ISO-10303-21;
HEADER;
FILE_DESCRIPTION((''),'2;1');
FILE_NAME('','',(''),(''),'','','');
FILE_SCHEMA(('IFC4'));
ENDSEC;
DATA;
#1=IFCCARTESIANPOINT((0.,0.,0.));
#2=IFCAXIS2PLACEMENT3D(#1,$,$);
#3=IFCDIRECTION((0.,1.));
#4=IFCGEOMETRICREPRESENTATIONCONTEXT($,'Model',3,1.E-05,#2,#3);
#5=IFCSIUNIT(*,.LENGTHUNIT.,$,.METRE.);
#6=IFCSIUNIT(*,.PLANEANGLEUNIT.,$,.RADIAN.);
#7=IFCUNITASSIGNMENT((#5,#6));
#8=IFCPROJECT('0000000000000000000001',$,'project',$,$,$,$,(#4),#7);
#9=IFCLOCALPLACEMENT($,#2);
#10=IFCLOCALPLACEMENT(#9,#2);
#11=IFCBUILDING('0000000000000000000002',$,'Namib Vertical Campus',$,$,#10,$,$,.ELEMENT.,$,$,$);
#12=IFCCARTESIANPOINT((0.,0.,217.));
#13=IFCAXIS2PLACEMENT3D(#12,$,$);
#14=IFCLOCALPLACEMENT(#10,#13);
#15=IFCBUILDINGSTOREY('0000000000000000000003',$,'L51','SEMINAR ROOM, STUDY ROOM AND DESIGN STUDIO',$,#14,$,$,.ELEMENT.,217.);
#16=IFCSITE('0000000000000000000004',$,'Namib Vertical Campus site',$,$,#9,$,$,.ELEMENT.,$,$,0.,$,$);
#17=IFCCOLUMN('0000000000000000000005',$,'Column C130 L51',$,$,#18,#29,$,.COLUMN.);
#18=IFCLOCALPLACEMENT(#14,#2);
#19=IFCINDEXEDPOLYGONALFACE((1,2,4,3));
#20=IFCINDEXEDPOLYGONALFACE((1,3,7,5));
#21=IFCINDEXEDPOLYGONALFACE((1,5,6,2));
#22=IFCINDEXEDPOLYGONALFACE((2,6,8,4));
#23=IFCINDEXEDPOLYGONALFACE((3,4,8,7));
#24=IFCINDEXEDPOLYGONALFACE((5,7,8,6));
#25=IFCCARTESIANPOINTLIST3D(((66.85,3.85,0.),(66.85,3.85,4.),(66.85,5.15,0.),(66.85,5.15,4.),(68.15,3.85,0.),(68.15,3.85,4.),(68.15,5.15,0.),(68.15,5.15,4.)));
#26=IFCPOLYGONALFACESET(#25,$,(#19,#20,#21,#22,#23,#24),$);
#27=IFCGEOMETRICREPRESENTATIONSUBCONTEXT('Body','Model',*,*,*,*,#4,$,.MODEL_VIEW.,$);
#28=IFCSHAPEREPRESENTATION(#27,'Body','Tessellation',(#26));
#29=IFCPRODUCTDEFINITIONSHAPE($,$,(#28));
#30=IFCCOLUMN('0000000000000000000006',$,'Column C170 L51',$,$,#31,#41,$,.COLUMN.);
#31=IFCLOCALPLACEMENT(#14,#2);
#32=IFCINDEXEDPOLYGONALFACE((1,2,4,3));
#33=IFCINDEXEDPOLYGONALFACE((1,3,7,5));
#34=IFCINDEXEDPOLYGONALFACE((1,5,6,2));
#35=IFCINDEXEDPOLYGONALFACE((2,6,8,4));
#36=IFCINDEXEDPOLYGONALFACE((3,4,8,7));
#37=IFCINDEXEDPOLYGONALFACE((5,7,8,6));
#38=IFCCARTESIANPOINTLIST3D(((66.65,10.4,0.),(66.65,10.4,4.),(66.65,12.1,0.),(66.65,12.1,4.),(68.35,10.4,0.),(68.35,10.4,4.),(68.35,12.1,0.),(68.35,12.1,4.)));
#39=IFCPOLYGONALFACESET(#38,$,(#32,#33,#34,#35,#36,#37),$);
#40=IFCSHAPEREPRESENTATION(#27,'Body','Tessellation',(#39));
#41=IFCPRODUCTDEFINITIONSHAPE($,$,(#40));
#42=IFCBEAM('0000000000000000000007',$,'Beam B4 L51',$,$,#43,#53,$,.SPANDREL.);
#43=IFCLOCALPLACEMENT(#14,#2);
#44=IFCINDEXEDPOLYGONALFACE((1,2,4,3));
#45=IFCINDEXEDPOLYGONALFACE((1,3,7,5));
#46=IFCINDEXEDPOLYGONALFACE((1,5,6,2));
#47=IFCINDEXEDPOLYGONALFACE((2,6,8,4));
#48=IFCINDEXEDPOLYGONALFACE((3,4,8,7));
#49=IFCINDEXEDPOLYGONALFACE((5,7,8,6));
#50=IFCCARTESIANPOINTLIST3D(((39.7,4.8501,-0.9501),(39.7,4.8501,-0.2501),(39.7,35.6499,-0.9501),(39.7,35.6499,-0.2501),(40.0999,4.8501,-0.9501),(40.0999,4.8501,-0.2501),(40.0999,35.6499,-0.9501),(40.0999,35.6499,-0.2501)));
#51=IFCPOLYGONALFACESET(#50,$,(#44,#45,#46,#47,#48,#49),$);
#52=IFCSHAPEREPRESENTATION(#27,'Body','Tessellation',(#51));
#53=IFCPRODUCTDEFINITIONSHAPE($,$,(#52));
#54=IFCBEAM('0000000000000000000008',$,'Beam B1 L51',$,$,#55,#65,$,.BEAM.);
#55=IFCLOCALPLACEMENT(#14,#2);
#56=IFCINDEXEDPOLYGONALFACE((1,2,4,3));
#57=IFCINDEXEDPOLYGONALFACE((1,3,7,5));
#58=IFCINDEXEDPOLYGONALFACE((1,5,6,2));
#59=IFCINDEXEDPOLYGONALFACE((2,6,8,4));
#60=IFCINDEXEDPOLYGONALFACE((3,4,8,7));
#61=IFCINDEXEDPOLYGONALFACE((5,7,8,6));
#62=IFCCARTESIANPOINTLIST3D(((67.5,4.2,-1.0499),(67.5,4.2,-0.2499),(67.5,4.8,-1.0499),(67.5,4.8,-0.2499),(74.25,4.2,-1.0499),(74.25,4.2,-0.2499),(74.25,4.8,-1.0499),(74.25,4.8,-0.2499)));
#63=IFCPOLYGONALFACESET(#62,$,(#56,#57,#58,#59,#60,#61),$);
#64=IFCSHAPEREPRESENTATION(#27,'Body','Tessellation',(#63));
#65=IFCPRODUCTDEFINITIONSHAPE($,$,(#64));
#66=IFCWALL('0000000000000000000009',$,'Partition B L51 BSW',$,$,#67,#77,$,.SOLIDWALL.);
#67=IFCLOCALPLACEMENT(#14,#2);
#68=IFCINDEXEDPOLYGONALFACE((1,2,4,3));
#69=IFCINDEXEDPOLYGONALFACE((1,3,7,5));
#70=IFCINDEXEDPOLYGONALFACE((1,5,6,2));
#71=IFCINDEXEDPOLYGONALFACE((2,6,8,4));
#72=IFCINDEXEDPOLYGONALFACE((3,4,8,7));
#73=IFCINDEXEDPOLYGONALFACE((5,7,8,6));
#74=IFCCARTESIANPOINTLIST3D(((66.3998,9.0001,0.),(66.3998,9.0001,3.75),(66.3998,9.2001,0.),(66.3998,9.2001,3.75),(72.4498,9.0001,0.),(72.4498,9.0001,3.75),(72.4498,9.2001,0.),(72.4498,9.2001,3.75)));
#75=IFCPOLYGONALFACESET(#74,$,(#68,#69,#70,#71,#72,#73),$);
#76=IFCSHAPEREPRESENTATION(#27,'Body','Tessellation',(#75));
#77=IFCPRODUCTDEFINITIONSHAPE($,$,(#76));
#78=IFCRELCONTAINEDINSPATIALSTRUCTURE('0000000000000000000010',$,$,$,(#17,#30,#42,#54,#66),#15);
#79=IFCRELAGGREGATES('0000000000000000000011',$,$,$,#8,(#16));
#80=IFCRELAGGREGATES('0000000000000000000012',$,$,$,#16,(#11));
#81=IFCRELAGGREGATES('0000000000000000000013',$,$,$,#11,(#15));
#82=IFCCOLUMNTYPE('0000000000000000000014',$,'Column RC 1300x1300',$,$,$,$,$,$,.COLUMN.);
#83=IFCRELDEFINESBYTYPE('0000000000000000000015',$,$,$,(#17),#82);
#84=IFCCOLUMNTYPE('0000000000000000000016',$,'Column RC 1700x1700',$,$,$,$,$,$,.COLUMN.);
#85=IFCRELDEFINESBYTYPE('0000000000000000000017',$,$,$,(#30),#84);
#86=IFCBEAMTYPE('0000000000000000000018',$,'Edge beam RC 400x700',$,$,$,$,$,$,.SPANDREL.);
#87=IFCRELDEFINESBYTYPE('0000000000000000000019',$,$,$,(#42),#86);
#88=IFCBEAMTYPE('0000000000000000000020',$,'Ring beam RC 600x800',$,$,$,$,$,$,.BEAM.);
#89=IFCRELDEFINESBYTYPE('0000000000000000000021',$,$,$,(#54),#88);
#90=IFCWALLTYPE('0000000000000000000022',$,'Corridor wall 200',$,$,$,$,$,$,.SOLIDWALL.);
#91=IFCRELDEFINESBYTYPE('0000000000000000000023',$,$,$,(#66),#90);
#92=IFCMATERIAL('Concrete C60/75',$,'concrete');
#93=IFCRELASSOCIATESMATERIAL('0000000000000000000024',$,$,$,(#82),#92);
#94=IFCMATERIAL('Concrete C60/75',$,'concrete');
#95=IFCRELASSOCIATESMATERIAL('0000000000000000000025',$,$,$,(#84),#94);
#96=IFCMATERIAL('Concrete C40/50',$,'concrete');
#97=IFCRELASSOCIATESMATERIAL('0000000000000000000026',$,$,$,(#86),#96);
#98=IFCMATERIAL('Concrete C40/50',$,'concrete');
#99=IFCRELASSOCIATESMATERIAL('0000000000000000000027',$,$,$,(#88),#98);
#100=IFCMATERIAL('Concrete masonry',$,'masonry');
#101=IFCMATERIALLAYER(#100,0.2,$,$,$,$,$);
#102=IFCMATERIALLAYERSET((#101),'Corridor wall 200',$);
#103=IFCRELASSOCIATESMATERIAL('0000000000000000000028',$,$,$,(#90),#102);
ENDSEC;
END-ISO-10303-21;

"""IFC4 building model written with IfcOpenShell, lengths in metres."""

from ifc_helpers import new_model, si_unit, direction, frame, frame_2d, origin, origin_2d, place, context, subcontext, project, spatial, rectangle, extrude, material, layer, layer_set, material_profile, profile_set, type_object, element, save


model = new_model("IFC4")

# Units and contexts
model_context = context("Model", 3, precision=1e-05, world=origin(), true_north=direction((0.0, 1.0)))
body_context = subcontext(model_context, "Body", "Model", "MODEL_VIEW")
ifc_project = project(units=[si_unit("LENGTHUNIT", "METRE"), si_unit("PLANEANGLEUNIT", "RADIAN")], contexts=[model_context])

# Site, building, storey
site_placement = place(None, origin())
site = spatial("IfcSite", under=ifc_project, at=site_placement, Name="Namib Vertical Campus site", CompositionType="ELEMENT", RefElevation=0.0)
building_placement = place(site_placement, origin())
building = spatial("IfcBuilding", under=site, at=building_placement, Name="Namib Vertical Campus", CompositionType="ELEMENT")
storey_placement = place(building_placement, frame((0.0, 0.0, 217.0)))
storey = spatial("IfcBuildingStorey", under=building, at=storey_placement, Name="L51", Description="SEMINAR ROOM, STUDY ROOM AND DESIGN STUDIO", CompositionType="ELEMENT", Elevation=217.0)

# Columns
ifc_material_1 = material(Name="Concrete C60/75", Category="concrete")
ifc_material_profile_1 = material_profile(ifc_material_1, rectangle(XDim=1.3, YDim=1.3, at=origin_2d()))
ifc_profile_set_1 = profile_set([ifc_material_profile_1], Name="Concrete C60/75")
column_type_1 = type_object("IfcColumnType", Name="Column RC 1300x1300", PredefinedType="COLUMN", material=ifc_profile_set_1)
column_1_placement = place(storey_placement, frame((67.5, 4.5, 0.0), z_axis=(0.0, 0.0, 1.0), x_axis=(1.0, 0.0, 0.0)))
element("IfcColumn", 1, at=column_1_placement, inside=storey, type_object=column_type_1, Name="Column C130 L51", PredefinedType="COLUMN", context=body_context, shape_type="SweptSolid", body=[
    extrude(rectangle(XDim=1.3, YDim=1.3, at=origin_2d()), origin(), (0.0, 0.0, 1.0), 4.0),
])
ifc_material_2 = material(Name="Concrete C60/75", Category="concrete")
ifc_material_profile_2 = material_profile(ifc_material_2, rectangle(XDim=1.7, YDim=1.7, at=origin_2d()))
ifc_profile_set_2 = profile_set([ifc_material_profile_2], Name="Concrete C60/75")
column_type_2 = type_object("IfcColumnType", Name="Column RC 1700x1700", PredefinedType="COLUMN", material=ifc_profile_set_2)
column_2_placement = place(storey_placement, frame((67.5, 11.25, 0.0), z_axis=(0.0, 0.0, 1.0), x_axis=(1.0, 0.0, 0.0)))
element("IfcColumn", 2, at=column_2_placement, inside=storey, type_object=column_type_2, Name="Column C170 L51", PredefinedType="COLUMN", context=body_context, shape_type="SweptSolid", body=[
    extrude(rectangle(XDim=1.7, YDim=1.7, at=origin_2d()), origin(), (0.0, 0.0, 1.0), 4.0),
])

# Beams
ifc_material_3 = material(Name="Concrete C40/50", Category="concrete")
ifc_material_profile_3 = material_profile(ifc_material_3, rectangle(XDim=0.3999, YDim=0.7, at=origin_2d()))
ifc_profile_set_3 = profile_set([ifc_material_profile_3], Name="Concrete C40/50")
beam_type_1 = type_object("IfcBeamType", Name="Edge beam RC 400x700", PredefinedType="SPANDREL", material=ifc_profile_set_3)
beam_1_placement = place(storey_placement, frame((39.8999, 4.8501, -0.6001), z_axis=(0.0, 1.0, 0.0), x_axis=(-1.0, 0.0, 0.0)))
element("IfcBeam", 3, at=beam_1_placement, inside=storey, type_object=beam_type_1, Name="Beam B4 L51", PredefinedType="SPANDREL", context=body_context, shape_type="SweptSolid", body=[
    extrude(rectangle(XDim=0.3999, YDim=0.7, at=origin_2d()), origin(), (0.0, 0.0, 1.0), 30.7998),
])
ifc_material_4 = material(Name="Concrete C40/50", Category="concrete")
ifc_material_profile_4 = material_profile(ifc_material_4, rectangle(XDim=0.6001, YDim=0.8, at=origin_2d()))
ifc_profile_set_4 = profile_set([ifc_material_profile_4], Name="Concrete C40/50")
beam_type_2 = type_object("IfcBeamType", Name="Ring beam RC 600x800", PredefinedType="BEAM", material=ifc_profile_set_4)
beam_2_placement = place(storey_placement, frame((67.5, 4.5, -0.6499), z_axis=(1.0, 0.0, 0.0), x_axis=(0.0, 1.0, 0.0)))
element("IfcBeam", 4, at=beam_2_placement, inside=storey, type_object=beam_type_2, Name="Beam B1 L51", PredefinedType="BEAM", context=body_context, shape_type="SweptSolid", body=[
    extrude(rectangle(XDim=0.6001, YDim=0.8, at=origin_2d()), origin(), (0.0, 0.0, 1.0), 6.75),
])

# Wall
ifc_material_5 = material(Name="Concrete masonry", Category="masonry")
ifc_layer_1 = layer(ifc_material_5, 0.2)
ifc_layer_set_1 = layer_set([ifc_layer_1], Name="Corridor wall 200")
wall_type_1 = type_object("IfcWallType", Name="Corridor wall 200", PredefinedType="SOLIDWALL", material=ifc_layer_set_1)
wall_1_placement = place(storey_placement, frame((66.3999, 9.1001, 0.0), z_axis=(0.0, 0.0, 1.0), x_axis=(1.0, 0.0, 0.0)))
element("IfcWall", 5, at=wall_1_placement, inside=storey, type_object=wall_type_1, Name="Partition B L51 BSW", PredefinedType="SOLIDWALL", context=body_context, shape_type="SweptSolid", body=[
    extrude(rectangle(XDim=6.05, YDim=0.2, at=frame_2d((3.0249, 0.0))), origin(), (0.0, 0.0, 1.0), 3.75),
])

save(model, "model.ifc")
